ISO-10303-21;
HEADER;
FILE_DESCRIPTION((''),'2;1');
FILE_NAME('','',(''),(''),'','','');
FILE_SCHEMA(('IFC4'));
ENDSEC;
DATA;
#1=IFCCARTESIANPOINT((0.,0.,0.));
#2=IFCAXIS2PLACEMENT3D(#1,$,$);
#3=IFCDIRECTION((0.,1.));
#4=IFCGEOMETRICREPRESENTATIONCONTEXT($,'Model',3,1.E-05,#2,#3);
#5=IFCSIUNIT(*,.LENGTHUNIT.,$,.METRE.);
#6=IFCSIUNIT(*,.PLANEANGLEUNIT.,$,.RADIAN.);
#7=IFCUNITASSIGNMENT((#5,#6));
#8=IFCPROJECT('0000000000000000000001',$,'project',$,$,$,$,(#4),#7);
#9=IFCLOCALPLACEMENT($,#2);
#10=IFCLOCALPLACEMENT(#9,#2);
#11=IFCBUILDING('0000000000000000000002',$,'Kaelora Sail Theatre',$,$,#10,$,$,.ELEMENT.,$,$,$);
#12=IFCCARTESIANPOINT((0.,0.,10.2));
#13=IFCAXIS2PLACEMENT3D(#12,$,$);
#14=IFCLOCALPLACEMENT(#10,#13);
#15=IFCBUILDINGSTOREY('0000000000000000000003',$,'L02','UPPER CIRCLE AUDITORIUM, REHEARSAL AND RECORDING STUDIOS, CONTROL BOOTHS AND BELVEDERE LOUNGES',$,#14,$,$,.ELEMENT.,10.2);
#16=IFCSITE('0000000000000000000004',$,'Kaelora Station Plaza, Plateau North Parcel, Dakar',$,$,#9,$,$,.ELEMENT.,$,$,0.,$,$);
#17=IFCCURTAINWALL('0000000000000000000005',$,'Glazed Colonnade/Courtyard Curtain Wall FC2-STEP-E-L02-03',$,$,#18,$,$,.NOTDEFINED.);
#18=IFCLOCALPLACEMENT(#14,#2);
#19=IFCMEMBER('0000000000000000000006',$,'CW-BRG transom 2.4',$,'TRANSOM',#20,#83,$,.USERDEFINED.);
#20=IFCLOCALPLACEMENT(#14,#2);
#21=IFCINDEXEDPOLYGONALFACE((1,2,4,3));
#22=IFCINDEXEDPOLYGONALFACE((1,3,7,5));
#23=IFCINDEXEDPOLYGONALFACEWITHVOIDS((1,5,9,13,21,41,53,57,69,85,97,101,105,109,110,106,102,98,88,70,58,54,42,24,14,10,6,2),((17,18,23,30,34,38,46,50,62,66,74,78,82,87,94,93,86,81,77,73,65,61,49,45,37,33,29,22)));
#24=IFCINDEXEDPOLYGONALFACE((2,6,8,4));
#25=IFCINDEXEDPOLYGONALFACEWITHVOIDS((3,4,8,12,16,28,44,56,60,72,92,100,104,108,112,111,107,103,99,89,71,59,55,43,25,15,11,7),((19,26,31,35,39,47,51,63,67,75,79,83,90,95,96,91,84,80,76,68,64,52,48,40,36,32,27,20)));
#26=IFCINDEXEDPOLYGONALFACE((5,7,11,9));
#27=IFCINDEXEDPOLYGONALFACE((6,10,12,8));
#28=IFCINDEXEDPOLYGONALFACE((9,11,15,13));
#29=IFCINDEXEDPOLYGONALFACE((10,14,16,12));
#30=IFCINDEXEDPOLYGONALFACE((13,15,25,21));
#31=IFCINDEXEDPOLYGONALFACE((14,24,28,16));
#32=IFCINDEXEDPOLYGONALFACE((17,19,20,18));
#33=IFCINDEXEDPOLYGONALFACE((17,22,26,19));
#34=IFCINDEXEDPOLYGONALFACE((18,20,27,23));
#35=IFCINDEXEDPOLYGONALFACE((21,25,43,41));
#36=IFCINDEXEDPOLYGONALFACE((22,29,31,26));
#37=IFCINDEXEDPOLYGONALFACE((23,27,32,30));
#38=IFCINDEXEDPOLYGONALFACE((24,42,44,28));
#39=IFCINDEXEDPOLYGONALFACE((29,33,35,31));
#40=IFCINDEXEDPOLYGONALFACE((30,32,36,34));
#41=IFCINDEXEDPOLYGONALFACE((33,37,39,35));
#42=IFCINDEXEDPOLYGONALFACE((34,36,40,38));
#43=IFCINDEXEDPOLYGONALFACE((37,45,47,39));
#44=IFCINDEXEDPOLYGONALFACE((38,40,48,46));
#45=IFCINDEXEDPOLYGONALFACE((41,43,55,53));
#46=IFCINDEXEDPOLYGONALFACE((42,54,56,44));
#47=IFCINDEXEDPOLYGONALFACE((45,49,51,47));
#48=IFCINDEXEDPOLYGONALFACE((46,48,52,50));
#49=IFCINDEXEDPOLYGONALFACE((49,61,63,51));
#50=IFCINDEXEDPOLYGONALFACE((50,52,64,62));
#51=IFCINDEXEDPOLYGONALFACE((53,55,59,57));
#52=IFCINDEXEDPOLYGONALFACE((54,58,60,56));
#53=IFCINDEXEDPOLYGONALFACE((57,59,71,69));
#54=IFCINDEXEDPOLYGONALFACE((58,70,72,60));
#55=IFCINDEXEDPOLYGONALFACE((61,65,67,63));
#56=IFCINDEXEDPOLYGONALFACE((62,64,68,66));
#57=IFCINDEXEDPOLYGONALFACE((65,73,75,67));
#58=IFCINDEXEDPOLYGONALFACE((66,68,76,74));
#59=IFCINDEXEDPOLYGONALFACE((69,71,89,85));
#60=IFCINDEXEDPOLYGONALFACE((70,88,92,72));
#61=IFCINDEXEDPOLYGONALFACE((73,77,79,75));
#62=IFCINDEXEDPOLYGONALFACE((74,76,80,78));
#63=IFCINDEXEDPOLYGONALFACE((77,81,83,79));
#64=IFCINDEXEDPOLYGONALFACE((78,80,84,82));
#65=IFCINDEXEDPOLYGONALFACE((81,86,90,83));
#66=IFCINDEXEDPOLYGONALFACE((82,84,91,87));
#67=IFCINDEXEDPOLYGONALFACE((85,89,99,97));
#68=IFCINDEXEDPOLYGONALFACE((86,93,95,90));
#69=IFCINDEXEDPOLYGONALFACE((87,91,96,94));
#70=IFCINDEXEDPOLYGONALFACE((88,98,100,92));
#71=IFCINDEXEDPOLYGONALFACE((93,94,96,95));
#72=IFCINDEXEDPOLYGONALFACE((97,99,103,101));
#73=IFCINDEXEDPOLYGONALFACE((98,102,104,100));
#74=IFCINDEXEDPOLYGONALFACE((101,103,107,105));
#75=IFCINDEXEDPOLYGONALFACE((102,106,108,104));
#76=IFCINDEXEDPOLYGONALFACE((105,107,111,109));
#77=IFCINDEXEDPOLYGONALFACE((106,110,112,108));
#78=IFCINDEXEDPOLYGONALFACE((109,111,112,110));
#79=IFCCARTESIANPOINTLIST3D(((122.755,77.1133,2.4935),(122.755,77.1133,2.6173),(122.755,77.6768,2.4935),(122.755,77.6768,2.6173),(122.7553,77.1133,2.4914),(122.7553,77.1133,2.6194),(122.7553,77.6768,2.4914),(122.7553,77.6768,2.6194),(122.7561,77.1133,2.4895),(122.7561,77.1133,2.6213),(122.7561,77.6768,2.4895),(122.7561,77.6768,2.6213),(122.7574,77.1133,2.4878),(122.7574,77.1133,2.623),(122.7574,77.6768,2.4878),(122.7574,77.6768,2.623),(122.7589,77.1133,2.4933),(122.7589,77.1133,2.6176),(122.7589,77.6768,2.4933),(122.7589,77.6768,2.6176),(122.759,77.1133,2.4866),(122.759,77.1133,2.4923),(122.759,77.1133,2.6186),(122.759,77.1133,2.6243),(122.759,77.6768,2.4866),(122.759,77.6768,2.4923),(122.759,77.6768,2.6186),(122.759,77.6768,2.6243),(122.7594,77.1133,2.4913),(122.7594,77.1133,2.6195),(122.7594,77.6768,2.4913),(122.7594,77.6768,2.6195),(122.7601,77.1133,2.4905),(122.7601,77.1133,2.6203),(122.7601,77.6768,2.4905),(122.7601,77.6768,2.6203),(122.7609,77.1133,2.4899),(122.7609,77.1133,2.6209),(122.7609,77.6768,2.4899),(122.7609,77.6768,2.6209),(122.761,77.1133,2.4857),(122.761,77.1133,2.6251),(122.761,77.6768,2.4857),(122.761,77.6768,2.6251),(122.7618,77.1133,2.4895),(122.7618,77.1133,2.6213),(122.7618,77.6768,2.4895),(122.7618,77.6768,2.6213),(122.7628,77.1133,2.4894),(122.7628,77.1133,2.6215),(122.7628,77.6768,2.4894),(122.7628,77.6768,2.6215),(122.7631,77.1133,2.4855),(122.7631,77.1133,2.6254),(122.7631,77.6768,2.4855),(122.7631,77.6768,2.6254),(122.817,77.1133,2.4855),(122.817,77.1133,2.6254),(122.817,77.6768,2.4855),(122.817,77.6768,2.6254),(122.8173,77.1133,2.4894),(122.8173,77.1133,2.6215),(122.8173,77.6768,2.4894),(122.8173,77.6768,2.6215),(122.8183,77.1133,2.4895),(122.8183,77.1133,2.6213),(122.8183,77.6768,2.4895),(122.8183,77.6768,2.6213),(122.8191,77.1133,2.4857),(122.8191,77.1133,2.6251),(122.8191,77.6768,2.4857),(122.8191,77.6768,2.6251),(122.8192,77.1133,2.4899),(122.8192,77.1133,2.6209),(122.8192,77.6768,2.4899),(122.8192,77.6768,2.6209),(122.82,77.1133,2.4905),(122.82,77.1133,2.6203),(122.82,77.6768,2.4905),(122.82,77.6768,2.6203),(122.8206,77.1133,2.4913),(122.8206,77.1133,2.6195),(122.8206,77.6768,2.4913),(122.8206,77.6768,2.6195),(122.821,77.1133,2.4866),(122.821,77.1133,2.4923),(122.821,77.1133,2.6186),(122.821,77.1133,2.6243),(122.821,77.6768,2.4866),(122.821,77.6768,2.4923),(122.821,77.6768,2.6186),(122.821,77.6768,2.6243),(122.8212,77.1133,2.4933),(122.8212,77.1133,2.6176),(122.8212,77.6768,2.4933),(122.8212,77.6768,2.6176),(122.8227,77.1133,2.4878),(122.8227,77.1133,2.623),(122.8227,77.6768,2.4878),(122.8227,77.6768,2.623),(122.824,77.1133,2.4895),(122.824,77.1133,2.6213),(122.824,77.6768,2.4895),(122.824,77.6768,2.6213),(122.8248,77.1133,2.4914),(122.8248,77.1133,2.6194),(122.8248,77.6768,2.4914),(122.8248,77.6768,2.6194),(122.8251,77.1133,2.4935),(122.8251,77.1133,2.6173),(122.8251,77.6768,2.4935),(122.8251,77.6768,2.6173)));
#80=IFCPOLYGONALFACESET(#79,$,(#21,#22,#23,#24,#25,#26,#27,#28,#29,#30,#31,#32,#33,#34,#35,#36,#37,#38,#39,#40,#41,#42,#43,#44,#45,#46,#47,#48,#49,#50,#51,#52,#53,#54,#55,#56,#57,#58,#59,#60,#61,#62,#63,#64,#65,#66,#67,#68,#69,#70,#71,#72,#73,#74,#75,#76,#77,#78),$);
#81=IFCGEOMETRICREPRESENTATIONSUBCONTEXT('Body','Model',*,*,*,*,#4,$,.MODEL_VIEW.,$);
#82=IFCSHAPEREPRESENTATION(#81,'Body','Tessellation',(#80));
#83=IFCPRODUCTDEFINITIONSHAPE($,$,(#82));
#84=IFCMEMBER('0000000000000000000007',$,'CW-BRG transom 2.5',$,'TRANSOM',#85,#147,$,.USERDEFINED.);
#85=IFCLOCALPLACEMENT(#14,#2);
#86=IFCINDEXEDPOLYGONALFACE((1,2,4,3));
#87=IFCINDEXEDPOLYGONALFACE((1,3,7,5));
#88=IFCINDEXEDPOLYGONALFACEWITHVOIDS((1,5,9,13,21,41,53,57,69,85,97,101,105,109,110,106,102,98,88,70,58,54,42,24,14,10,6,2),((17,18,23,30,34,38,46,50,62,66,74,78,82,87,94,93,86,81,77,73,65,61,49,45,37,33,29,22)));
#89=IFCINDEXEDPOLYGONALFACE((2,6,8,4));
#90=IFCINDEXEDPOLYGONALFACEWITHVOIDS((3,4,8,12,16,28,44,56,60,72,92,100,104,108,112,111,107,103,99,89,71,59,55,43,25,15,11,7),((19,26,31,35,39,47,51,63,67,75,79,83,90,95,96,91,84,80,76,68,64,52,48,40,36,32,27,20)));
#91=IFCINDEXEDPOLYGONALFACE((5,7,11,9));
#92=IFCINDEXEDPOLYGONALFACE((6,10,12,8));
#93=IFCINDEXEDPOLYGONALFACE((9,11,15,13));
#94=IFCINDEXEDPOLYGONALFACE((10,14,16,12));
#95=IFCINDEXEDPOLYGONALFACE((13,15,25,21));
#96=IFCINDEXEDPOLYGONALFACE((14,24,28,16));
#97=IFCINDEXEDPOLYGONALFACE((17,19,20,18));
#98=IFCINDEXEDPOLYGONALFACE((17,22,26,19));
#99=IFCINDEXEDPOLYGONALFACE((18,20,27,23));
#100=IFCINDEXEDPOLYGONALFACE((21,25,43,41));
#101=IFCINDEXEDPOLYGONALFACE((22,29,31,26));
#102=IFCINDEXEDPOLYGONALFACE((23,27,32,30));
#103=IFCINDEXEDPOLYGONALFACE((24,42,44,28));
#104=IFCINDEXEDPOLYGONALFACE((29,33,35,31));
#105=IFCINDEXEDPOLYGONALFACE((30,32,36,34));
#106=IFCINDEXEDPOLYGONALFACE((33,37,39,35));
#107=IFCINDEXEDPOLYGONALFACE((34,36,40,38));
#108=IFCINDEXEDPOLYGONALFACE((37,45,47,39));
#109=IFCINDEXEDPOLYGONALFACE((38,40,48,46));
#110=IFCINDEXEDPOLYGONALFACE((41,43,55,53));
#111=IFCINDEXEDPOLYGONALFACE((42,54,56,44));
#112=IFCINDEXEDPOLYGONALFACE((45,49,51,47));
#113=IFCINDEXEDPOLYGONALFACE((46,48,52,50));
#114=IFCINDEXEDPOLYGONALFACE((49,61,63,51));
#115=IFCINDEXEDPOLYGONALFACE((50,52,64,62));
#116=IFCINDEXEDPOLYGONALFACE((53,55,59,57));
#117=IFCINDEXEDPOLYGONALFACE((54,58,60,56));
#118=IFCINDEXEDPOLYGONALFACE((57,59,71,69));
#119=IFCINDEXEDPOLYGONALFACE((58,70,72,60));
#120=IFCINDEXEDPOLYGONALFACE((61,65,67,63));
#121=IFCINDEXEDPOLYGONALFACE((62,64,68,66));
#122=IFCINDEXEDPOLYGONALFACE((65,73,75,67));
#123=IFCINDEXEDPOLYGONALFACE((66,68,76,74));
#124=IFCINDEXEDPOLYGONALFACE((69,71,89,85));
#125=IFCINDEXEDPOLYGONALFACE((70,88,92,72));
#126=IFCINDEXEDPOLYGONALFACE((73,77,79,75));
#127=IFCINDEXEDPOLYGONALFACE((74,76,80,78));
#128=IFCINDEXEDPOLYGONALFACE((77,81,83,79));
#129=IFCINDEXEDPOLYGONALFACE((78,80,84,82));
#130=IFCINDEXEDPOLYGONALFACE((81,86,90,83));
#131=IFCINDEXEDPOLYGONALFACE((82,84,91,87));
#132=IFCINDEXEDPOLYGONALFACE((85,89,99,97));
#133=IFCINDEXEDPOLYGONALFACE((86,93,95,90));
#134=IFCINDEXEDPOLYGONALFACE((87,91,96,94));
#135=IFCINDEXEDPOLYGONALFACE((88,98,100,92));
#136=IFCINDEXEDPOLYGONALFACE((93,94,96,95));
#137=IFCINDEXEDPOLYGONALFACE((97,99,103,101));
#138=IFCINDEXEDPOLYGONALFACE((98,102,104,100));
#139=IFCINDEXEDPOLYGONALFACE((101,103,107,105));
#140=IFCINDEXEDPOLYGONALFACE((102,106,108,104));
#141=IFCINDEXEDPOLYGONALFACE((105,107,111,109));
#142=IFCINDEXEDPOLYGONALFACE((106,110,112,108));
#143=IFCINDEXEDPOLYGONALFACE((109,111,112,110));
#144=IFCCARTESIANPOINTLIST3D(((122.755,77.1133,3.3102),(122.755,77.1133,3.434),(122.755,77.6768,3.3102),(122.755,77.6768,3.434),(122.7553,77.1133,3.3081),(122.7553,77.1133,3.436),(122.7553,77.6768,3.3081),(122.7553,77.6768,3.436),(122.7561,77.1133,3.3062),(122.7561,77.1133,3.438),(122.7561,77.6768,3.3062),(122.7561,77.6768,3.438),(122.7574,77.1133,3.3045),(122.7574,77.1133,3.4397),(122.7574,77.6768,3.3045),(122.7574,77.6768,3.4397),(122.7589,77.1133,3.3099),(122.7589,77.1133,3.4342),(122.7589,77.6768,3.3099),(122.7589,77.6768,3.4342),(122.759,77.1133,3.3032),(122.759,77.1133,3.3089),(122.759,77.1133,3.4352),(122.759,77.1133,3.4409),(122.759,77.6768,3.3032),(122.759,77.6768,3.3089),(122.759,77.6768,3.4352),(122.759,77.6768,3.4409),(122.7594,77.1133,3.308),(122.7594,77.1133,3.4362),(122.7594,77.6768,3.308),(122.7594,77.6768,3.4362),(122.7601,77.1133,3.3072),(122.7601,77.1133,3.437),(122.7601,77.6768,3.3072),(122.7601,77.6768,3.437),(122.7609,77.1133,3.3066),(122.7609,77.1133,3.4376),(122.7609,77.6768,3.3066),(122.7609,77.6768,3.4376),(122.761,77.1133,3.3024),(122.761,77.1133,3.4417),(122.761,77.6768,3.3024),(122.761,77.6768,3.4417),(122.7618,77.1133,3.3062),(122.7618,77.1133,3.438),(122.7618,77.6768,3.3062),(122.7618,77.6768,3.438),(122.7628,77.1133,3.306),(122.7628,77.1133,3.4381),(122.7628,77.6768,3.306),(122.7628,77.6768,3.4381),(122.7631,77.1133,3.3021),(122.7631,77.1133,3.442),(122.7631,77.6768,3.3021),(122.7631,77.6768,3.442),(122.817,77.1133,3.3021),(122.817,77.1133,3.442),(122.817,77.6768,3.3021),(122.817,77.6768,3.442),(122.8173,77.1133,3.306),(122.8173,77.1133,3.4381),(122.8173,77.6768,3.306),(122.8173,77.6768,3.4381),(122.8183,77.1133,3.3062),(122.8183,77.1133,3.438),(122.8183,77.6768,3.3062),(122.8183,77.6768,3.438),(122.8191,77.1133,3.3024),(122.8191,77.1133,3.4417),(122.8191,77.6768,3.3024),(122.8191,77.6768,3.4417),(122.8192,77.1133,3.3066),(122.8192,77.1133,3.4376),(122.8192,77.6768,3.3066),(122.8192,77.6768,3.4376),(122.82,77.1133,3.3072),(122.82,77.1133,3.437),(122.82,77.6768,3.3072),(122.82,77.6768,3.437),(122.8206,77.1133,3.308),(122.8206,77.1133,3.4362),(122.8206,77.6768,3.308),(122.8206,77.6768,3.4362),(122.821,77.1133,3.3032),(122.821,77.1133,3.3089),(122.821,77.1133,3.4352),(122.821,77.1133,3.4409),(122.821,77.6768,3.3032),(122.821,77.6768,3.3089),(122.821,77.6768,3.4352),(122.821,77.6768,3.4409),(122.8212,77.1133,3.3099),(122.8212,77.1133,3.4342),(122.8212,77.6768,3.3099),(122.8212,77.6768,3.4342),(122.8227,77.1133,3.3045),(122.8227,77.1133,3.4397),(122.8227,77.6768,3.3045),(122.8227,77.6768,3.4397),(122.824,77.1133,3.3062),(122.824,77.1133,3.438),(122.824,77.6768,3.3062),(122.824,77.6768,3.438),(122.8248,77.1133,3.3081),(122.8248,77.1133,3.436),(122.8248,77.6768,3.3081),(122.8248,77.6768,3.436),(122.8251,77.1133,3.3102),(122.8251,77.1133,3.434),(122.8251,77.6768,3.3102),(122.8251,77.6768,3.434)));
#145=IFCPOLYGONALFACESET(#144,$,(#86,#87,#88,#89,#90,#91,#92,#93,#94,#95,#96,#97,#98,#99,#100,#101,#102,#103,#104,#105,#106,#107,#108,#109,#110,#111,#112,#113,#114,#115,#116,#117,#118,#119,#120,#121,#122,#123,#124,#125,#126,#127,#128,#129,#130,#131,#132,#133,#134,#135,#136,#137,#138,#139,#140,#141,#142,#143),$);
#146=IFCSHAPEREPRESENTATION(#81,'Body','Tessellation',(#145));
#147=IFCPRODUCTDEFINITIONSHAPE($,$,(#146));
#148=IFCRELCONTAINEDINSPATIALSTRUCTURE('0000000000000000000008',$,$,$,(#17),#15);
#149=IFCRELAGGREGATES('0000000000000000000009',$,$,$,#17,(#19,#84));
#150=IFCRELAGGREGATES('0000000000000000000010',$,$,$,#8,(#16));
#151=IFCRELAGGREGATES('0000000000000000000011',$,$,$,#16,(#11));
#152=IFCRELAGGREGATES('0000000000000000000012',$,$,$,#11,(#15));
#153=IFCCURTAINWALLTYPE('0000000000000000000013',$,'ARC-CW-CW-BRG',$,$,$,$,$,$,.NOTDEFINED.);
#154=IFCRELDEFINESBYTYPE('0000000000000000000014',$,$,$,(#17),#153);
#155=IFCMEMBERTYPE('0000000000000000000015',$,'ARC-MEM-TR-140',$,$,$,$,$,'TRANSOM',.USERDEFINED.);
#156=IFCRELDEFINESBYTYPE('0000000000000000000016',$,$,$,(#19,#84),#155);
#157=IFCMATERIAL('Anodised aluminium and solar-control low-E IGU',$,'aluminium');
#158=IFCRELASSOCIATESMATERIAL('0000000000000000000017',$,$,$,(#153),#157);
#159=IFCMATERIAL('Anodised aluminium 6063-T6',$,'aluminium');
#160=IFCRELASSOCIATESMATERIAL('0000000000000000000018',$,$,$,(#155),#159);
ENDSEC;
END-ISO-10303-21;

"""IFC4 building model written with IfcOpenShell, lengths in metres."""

from ifc_helpers import new_model, si_unit, direction, frame, origin, origin_2d, place, context, subcontext, project, spatial, hollow_rectangle, extrude, material, material_profile, profile_set, type_object, element, aggregate, save


model = new_model("IFC4")

# Units and contexts
model_context = context("Model", 3, precision=1e-05, world=origin(), true_north=direction((0.0, 1.0)))
body_context = subcontext(model_context, "Body", "Model", "MODEL_VIEW")
ifc_project = project(units=[si_unit("LENGTHUNIT", "METRE"), si_unit("PLANEANGLEUNIT", "RADIAN")], contexts=[model_context])

# Site, building, storey
site_placement = place(None, origin())
site = spatial("IfcSite", under=ifc_project, at=site_placement, Name="Kaelora Station Plaza, Plateau North Parcel, Dakar", CompositionType="ELEMENT", RefElevation=0.0)
building_placement = place(site_placement, origin())
building = spatial("IfcBuilding", under=site, at=building_placement, Name="Kaelora Sail Theatre", CompositionType="ELEMENT")
storey_placement = place(building_placement, frame((0.0, 0.0, 10.2)))
storey = spatial("IfcBuildingStorey", under=building, at=storey_placement, Name="L02", Description="UPPER CIRCLE AUDITORIUM, REHEARSAL AND RECORDING STUDIOS, CONTROL BOOTHS AND BELVEDERE LOUNGES", CompositionType="ELEMENT", Elevation=10.2)

# Curtain wall, members
ifc_material_1 = material(Name="Anodised aluminium and solar-control low-E IGU", Category="aluminium")
curtain_wall_type = type_object("IfcCurtainWallType", Name="ARC-CW-CW-BRG", PredefinedType="NOTDEFINED", material=ifc_material_1)
curtain_wall_placement = place(storey_placement, origin())
curtain_wall = element("IfcCurtainWall", 1, at=curtain_wall_placement, inside=storey, type_object=curtain_wall_type, Name="Glazed Colonnade/Courtyard Curtain Wall FC2-STEP-E-L02-03", PredefinedType="NOTDEFINED")
ifc_material_2 = material(Name="Anodised aluminium 6063-T6", Category="aluminium")
ifc_material_profile_1 = material_profile(ifc_material_2, hollow_rectangle(XDim=0.0701, YDim=0.1399, WallThickness=0.0039, InnerFilletRadius=0.0039, OuterFilletRadius=0.0081, at=origin_2d()), Name="ALU-TRAN 70x140x4")
ifc_profile_set_1 = profile_set([ifc_material_profile_1], Name="Anodised aluminium 6063-T6")
member_type_1 = type_object("IfcMemberType", Name="ARC-MEM-TR-140", ElementType="TRANSOM", PredefinedType="USERDEFINED", material=ifc_profile_set_1)
member_1_placement = place(storey_placement, frame((122.79, 77.1133, 2.5554), z_axis=(0.0, 1.0, 0.0), x_axis=(-1.0, 0.0, 0.0)))
member_1 = element("IfcMember", 2, at=member_1_placement, type_object=member_type_1, Name="CW-BRG transom 2.4", ObjectType="TRANSOM", PredefinedType="USERDEFINED", context=body_context, shape_type="SweptSolid", body=[
    extrude(hollow_rectangle(XDim=0.0701, YDim=0.1399, WallThickness=0.0039, InnerFilletRadius=0.0039, OuterFilletRadius=0.0081, at=origin_2d()), origin(), (0.0, 0.0, 1.0), 0.5635),
])
member_2_placement = place(storey_placement, frame((122.79, 77.1133, 3.3721), z_axis=(0.0, 1.0, 0.0), x_axis=(-1.0, 0.0, 0.0)))
member_2 = element("IfcMember", 3, at=member_2_placement, type_object=member_type_1, Name="CW-BRG transom 2.5", ObjectType="TRANSOM", PredefinedType="USERDEFINED", context=body_context, shape_type="SweptSolid", body=[
    extrude(hollow_rectangle(XDim=0.0701, YDim=0.1399, WallThickness=0.0039, InnerFilletRadius=0.0039, OuterFilletRadius=0.0081, at=origin_2d()), origin(), (0.0, 0.0, 1.0), 0.5635),
])
aggregate(curtain_wall, [member_1, member_2])

save(model, "model.ifc")
